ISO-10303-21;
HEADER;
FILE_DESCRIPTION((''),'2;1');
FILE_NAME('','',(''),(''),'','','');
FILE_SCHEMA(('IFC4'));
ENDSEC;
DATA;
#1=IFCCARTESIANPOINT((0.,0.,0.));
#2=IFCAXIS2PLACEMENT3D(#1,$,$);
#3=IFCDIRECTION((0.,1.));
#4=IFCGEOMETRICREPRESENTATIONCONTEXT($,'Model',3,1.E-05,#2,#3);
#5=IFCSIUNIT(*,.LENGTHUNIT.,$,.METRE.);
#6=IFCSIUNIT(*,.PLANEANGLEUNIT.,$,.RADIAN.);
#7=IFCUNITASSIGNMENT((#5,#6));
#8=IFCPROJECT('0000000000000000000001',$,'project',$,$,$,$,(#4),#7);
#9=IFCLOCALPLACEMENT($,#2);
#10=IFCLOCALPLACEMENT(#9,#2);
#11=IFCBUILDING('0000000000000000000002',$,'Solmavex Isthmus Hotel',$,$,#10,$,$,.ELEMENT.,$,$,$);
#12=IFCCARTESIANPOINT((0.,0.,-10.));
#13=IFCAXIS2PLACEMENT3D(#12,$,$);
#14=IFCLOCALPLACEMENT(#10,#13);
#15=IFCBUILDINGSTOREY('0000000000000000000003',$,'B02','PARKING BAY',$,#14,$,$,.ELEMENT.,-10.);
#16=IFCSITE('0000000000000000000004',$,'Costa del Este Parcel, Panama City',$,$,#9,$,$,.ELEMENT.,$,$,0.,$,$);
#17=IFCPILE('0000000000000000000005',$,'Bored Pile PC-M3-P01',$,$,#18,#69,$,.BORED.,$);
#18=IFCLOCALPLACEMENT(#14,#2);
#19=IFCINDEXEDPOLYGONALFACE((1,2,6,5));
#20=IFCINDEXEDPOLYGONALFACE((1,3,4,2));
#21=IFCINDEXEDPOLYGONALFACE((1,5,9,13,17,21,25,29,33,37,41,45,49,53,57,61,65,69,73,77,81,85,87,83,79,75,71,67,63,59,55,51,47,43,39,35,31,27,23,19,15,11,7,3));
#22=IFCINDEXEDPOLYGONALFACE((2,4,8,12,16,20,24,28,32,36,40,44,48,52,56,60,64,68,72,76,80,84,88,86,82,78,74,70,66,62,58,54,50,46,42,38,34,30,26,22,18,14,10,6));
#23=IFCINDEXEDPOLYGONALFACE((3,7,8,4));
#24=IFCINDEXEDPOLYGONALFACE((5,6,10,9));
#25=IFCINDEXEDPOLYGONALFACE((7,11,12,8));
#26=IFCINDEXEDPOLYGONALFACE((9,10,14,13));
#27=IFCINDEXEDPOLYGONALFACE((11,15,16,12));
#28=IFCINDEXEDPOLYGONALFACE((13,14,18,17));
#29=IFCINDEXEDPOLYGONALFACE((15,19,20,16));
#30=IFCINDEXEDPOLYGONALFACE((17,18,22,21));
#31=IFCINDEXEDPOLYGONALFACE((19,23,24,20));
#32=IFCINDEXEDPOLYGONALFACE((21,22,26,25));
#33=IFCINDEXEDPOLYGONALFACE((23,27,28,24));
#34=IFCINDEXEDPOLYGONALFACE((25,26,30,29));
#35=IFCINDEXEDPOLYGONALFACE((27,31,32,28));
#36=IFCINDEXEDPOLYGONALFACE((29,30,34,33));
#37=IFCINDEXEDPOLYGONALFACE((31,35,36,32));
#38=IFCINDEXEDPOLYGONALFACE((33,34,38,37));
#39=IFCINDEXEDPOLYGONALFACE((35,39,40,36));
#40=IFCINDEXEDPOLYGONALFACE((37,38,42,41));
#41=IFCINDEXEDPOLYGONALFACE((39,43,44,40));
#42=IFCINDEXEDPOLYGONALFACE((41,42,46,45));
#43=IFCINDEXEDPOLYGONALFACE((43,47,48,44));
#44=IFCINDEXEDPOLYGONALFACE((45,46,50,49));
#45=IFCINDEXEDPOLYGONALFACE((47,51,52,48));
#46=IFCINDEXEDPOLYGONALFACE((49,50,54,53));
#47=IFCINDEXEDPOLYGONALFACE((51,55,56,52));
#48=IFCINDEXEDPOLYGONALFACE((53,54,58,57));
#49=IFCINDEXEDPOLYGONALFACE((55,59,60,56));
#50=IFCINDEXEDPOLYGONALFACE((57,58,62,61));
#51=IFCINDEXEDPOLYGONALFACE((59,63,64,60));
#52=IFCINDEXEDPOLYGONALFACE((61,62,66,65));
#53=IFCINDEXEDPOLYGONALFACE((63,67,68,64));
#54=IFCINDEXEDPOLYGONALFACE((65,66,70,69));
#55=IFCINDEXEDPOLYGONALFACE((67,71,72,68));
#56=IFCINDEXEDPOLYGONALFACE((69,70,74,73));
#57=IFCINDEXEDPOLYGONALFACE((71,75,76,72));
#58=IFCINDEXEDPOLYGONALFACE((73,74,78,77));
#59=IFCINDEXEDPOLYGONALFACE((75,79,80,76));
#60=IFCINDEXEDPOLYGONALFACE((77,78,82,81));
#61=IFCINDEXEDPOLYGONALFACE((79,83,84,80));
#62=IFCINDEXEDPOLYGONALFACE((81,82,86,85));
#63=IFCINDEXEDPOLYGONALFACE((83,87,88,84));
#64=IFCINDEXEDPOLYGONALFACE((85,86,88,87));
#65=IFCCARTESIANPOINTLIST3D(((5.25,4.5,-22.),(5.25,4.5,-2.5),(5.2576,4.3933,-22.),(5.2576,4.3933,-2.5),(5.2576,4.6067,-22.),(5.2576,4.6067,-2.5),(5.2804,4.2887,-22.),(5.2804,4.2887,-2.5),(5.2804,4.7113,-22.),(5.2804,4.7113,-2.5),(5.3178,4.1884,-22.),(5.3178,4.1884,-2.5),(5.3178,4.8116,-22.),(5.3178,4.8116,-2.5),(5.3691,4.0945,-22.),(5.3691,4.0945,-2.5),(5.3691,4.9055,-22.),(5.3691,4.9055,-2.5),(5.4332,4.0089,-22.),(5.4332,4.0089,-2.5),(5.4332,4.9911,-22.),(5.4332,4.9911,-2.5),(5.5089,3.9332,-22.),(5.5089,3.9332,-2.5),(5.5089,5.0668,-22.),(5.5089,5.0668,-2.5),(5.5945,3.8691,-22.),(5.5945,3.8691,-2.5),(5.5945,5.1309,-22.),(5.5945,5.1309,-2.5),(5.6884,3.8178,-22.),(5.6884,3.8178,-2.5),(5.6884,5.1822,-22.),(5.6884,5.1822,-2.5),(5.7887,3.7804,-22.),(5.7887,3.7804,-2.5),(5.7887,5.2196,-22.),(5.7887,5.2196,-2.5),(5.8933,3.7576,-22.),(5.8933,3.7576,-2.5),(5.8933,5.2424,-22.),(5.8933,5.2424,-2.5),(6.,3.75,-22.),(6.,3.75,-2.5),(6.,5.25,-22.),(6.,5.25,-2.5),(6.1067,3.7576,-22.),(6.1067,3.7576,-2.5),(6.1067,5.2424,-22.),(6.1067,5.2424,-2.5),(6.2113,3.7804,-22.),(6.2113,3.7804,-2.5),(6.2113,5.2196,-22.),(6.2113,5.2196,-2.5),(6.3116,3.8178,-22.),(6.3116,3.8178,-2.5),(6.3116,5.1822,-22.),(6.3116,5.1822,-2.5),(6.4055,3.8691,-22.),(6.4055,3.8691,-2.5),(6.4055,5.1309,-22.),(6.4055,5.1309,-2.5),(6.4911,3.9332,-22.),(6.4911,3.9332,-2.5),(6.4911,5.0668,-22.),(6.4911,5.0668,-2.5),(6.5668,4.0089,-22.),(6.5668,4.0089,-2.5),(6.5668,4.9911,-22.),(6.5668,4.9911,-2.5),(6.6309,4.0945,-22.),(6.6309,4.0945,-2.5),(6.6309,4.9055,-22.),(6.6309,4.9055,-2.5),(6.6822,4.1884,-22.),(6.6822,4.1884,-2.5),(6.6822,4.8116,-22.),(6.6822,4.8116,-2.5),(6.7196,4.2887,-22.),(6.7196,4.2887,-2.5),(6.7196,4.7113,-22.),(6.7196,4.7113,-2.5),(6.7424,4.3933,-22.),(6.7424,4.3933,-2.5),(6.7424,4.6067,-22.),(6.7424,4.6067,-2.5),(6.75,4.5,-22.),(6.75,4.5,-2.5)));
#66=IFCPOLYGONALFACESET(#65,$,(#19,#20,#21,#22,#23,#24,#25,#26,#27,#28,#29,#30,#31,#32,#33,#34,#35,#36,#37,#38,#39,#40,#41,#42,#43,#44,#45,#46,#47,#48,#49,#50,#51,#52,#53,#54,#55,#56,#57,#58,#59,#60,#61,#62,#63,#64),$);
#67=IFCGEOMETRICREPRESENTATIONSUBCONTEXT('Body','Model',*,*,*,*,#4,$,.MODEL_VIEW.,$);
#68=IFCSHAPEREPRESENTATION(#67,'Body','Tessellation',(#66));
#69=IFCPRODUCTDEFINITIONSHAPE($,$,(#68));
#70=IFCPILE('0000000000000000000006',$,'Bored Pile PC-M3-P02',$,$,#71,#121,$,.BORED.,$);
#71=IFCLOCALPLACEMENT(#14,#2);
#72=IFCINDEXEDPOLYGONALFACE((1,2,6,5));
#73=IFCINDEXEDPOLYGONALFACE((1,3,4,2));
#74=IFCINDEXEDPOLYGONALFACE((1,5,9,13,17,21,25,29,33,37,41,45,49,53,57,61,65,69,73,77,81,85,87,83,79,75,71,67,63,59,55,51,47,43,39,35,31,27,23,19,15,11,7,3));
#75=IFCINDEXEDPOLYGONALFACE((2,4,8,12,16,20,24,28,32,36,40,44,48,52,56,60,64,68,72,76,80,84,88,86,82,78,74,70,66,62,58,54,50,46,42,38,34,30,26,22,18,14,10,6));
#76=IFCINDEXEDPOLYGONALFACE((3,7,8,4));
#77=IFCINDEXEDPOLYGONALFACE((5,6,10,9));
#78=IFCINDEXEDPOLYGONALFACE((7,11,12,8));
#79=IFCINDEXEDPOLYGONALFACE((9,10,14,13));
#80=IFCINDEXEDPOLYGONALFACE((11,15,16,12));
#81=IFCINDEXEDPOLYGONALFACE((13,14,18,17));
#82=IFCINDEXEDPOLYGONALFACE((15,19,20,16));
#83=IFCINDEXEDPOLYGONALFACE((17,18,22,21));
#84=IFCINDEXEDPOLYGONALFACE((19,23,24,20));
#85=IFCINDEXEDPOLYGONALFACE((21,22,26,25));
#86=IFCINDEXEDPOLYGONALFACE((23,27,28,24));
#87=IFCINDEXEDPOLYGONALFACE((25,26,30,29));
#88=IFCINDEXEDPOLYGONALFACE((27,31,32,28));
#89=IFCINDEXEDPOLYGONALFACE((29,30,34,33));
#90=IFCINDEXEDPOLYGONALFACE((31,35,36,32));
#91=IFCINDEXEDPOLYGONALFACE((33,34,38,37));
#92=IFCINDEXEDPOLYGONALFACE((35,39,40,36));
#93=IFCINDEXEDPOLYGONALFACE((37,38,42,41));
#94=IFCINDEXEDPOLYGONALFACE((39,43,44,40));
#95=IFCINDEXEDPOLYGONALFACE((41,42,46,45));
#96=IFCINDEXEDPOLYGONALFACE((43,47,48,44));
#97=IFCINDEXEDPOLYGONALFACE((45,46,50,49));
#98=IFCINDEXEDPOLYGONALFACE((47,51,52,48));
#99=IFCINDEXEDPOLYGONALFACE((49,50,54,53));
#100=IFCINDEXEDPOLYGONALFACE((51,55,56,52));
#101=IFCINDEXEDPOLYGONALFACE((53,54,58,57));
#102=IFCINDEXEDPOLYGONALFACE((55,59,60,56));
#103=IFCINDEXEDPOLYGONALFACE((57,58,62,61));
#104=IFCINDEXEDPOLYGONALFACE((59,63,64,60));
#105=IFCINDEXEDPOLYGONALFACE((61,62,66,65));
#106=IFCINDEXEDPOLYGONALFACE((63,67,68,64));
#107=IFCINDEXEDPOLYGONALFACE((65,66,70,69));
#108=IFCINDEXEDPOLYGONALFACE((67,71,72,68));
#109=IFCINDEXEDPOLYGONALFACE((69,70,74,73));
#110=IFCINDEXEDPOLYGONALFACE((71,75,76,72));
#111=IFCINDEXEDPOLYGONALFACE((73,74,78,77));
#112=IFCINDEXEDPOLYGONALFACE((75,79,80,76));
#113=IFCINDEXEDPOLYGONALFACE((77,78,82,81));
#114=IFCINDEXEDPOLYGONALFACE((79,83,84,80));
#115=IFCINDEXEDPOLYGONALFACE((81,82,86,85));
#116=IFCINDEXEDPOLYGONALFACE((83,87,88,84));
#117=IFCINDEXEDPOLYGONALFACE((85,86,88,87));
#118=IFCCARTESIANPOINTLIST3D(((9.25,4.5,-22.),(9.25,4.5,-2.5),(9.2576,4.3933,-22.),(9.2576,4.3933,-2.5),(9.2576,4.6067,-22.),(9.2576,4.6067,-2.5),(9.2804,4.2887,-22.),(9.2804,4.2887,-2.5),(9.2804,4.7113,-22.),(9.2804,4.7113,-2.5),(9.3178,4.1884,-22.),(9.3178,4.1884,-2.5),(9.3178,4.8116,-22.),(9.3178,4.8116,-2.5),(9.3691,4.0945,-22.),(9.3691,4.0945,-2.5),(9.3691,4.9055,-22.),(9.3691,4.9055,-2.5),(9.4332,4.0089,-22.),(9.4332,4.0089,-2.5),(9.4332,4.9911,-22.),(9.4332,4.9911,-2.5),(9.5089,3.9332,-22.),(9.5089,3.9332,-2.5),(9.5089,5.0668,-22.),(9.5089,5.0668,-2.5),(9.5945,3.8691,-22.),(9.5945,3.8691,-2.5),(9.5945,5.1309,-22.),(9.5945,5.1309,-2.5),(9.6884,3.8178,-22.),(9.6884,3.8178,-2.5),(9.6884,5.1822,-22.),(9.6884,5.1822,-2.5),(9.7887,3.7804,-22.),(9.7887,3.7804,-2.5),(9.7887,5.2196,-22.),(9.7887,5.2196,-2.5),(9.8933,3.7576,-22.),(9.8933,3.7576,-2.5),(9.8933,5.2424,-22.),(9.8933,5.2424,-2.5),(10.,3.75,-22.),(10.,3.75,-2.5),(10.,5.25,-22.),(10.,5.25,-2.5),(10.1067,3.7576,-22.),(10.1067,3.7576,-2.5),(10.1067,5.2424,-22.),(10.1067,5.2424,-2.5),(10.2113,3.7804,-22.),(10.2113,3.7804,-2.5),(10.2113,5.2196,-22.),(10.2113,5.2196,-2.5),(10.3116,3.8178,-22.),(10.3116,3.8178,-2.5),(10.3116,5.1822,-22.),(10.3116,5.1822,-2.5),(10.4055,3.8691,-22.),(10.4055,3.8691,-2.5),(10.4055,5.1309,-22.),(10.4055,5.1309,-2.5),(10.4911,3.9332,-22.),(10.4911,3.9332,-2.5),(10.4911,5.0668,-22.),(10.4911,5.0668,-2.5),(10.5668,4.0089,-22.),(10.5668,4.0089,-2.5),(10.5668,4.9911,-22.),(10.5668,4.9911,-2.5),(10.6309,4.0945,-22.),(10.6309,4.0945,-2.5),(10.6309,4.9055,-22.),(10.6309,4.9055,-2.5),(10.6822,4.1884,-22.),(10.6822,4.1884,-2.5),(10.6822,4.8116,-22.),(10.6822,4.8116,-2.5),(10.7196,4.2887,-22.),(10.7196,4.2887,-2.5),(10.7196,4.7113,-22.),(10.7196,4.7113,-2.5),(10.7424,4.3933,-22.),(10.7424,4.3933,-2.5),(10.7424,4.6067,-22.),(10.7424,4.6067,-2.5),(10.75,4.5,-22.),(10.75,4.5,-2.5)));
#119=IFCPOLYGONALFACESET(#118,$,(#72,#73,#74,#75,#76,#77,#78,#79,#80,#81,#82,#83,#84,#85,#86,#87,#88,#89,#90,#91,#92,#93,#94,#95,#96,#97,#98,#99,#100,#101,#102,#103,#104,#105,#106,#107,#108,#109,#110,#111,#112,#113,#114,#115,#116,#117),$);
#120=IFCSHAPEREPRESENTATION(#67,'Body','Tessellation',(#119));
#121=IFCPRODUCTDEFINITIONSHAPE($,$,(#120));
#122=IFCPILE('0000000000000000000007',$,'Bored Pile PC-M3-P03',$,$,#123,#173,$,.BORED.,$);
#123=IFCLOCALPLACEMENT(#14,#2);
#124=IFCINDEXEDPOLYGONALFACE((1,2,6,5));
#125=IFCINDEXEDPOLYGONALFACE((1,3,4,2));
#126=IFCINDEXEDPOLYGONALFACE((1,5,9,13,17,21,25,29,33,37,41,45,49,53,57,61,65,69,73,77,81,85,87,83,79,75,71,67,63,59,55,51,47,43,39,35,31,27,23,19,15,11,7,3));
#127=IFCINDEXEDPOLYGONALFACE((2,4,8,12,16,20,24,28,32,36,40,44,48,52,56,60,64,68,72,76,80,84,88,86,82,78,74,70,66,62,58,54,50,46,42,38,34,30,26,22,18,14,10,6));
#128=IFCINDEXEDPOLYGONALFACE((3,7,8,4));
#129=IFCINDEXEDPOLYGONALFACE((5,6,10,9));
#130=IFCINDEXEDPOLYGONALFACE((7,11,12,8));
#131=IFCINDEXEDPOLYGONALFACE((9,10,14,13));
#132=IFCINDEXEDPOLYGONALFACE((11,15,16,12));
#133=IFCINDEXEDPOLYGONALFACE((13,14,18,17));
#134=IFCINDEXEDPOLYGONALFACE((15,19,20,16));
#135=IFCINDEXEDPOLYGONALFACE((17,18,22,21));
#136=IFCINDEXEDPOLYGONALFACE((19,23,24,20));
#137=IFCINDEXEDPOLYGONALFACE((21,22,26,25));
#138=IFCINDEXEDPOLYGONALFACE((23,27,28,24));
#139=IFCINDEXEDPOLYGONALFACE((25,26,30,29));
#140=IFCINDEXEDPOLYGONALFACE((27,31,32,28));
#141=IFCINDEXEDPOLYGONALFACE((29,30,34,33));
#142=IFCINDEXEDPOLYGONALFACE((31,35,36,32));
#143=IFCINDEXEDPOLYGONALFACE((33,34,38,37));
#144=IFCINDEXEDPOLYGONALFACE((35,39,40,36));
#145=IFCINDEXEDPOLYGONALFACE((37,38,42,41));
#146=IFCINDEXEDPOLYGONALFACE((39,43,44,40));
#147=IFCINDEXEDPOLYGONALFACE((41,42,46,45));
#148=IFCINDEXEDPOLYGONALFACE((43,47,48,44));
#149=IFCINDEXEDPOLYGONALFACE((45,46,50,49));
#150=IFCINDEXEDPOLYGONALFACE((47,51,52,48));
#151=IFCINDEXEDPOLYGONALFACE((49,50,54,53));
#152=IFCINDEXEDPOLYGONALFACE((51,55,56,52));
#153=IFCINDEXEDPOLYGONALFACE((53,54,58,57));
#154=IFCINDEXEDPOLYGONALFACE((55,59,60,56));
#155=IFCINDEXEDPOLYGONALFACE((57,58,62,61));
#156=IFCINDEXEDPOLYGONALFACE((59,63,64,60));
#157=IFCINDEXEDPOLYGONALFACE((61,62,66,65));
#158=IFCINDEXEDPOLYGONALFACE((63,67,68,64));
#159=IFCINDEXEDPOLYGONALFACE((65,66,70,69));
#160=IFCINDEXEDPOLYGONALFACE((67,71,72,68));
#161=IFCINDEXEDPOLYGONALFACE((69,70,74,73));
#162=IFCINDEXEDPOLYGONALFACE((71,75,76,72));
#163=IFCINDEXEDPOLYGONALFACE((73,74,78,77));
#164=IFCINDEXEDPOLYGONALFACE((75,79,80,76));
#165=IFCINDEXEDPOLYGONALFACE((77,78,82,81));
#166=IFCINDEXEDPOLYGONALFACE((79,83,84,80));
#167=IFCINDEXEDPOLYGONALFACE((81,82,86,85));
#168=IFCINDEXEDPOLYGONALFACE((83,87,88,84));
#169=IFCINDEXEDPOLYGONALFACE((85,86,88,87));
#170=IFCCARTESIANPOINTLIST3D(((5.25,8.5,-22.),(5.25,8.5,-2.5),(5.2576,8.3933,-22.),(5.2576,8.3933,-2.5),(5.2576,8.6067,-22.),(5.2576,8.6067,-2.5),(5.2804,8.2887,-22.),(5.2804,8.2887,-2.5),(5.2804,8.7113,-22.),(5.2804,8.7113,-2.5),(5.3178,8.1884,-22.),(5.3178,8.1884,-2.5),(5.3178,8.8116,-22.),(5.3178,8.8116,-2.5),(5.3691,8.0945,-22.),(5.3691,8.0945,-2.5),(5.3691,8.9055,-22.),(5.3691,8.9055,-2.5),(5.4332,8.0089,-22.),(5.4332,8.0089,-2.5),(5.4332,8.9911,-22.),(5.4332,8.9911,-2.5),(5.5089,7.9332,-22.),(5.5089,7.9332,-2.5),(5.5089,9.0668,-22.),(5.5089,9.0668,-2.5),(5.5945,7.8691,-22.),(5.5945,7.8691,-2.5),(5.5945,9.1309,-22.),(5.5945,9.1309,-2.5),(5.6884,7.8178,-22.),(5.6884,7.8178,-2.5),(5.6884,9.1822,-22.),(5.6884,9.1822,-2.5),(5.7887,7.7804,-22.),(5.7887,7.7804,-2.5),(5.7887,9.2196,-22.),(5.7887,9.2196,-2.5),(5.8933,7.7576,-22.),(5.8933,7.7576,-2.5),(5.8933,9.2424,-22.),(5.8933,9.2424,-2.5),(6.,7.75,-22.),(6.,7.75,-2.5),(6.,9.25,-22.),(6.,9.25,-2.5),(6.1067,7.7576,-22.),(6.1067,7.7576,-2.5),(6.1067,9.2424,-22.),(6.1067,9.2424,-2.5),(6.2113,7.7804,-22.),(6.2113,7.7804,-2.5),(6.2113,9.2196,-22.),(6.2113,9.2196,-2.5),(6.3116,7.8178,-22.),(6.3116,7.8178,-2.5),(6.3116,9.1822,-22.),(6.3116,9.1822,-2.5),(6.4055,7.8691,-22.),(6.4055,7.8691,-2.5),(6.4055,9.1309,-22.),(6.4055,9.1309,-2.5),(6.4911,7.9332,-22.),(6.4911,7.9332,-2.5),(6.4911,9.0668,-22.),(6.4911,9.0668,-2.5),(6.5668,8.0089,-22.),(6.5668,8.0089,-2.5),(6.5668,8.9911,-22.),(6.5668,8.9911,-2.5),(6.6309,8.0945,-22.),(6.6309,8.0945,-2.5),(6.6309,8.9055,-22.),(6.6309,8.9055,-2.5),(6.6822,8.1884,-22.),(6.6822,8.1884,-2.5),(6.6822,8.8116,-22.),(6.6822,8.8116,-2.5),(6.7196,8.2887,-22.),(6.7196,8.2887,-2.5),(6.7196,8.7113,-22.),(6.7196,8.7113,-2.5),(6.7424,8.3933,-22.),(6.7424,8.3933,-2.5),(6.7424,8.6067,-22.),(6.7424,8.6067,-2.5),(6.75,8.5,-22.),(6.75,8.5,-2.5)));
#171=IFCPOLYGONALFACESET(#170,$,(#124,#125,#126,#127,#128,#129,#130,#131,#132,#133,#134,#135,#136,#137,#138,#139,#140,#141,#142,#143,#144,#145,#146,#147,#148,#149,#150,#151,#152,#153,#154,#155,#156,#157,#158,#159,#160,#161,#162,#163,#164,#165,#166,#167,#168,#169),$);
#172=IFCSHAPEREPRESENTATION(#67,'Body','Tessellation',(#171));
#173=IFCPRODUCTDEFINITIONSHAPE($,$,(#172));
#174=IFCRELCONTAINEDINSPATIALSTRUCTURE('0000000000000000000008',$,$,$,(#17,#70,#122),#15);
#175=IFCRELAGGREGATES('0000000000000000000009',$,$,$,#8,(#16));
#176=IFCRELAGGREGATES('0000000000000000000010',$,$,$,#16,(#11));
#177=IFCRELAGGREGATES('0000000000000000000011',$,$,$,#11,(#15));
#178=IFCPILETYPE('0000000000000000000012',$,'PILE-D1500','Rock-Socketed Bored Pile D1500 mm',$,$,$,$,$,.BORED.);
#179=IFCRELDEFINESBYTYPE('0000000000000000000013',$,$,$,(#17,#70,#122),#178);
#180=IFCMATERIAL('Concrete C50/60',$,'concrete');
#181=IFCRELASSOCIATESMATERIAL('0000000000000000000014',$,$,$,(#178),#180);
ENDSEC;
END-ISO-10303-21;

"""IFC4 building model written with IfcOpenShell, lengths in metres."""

from ifc_helpers import new_model, si_unit, direction, frame, origin, origin_2d, place, context, subcontext, project, spatial, circle, extrude, material, material_profile, profile_set, type_object, element, save


model = new_model("IFC4")

# Units and contexts
model_context = context("Model", 3, precision=1e-05, world=origin(), true_north=direction((0.0, 1.0)))
body_context = subcontext(model_context, "Body", "Model", "MODEL_VIEW")
ifc_project = project(units=[si_unit("LENGTHUNIT", "METRE"), si_unit("PLANEANGLEUNIT", "RADIAN")], contexts=[model_context])

# Site, building, storey
site_placement = place(None, origin())
site = spatial("IfcSite", under=ifc_project, at=site_placement, Name="Costa del Este Parcel, Panama City", CompositionType="ELEMENT", RefElevation=0.0)
building_placement = place(site_placement, origin())
building = spatial("IfcBuilding", under=site, at=building_placement, Name="Solmavex Isthmus Hotel", CompositionType="ELEMENT")
storey_placement = place(building_placement, frame((0.0, 0.0, -10.0)))
storey = spatial("IfcBuildingStorey", under=building, at=storey_placement, Name="B02", Description="PARKING BAY", CompositionType="ELEMENT", Elevation=-10.0)

# Shared definitions
ifc_material_1 = material(Name="Concrete C50/60", Category="concrete")

# Piles
ifc_material_profile_1 = material_profile(ifc_material_1, circle(Radius=0.75, at=origin_2d()), Name="PILE1500")
ifc_profile_set_1 = profile_set([ifc_material_profile_1], Name="Concrete C50/60")
pile_type = type_object("IfcPileType", Name="PILE-D1500", Description="Rock-Socketed Bored Pile D1500 mm", PredefinedType="BORED", material=ifc_profile_set_1)
for number, where, z_axis, x_axis, name in (
    (1, (6.0, 4.5, -2.5), (0.0, 0.0, -1.0), (1.0, 0.0, 0.0), "Bored Pile PC-M3-P01"),
    (2, (10.0, 4.5, -2.5), (0.0, 0.0, -1.0), (1.0, 0.0, 0.0), "Bored Pile PC-M3-P02"),
    (3, (6.0, 8.5, -2.5), (0.0, 0.0, -1.0), (1.0, 0.0, 0.0), "Bored Pile PC-M3-P03"),
):
    element("IfcPile", number, at=place(storey_placement, frame(where, z_axis=z_axis, x_axis=x_axis)), inside=storey, type_object=pile_type, Name=name, PredefinedType="BORED", context=body_context, shape_type="SweptSolid", body=[
        extrude(circle(Radius=0.75, at=origin_2d()), origin(), (0.0, 0.0, 1.0), 19.5),
    ])

save(model, "model.ifc")
